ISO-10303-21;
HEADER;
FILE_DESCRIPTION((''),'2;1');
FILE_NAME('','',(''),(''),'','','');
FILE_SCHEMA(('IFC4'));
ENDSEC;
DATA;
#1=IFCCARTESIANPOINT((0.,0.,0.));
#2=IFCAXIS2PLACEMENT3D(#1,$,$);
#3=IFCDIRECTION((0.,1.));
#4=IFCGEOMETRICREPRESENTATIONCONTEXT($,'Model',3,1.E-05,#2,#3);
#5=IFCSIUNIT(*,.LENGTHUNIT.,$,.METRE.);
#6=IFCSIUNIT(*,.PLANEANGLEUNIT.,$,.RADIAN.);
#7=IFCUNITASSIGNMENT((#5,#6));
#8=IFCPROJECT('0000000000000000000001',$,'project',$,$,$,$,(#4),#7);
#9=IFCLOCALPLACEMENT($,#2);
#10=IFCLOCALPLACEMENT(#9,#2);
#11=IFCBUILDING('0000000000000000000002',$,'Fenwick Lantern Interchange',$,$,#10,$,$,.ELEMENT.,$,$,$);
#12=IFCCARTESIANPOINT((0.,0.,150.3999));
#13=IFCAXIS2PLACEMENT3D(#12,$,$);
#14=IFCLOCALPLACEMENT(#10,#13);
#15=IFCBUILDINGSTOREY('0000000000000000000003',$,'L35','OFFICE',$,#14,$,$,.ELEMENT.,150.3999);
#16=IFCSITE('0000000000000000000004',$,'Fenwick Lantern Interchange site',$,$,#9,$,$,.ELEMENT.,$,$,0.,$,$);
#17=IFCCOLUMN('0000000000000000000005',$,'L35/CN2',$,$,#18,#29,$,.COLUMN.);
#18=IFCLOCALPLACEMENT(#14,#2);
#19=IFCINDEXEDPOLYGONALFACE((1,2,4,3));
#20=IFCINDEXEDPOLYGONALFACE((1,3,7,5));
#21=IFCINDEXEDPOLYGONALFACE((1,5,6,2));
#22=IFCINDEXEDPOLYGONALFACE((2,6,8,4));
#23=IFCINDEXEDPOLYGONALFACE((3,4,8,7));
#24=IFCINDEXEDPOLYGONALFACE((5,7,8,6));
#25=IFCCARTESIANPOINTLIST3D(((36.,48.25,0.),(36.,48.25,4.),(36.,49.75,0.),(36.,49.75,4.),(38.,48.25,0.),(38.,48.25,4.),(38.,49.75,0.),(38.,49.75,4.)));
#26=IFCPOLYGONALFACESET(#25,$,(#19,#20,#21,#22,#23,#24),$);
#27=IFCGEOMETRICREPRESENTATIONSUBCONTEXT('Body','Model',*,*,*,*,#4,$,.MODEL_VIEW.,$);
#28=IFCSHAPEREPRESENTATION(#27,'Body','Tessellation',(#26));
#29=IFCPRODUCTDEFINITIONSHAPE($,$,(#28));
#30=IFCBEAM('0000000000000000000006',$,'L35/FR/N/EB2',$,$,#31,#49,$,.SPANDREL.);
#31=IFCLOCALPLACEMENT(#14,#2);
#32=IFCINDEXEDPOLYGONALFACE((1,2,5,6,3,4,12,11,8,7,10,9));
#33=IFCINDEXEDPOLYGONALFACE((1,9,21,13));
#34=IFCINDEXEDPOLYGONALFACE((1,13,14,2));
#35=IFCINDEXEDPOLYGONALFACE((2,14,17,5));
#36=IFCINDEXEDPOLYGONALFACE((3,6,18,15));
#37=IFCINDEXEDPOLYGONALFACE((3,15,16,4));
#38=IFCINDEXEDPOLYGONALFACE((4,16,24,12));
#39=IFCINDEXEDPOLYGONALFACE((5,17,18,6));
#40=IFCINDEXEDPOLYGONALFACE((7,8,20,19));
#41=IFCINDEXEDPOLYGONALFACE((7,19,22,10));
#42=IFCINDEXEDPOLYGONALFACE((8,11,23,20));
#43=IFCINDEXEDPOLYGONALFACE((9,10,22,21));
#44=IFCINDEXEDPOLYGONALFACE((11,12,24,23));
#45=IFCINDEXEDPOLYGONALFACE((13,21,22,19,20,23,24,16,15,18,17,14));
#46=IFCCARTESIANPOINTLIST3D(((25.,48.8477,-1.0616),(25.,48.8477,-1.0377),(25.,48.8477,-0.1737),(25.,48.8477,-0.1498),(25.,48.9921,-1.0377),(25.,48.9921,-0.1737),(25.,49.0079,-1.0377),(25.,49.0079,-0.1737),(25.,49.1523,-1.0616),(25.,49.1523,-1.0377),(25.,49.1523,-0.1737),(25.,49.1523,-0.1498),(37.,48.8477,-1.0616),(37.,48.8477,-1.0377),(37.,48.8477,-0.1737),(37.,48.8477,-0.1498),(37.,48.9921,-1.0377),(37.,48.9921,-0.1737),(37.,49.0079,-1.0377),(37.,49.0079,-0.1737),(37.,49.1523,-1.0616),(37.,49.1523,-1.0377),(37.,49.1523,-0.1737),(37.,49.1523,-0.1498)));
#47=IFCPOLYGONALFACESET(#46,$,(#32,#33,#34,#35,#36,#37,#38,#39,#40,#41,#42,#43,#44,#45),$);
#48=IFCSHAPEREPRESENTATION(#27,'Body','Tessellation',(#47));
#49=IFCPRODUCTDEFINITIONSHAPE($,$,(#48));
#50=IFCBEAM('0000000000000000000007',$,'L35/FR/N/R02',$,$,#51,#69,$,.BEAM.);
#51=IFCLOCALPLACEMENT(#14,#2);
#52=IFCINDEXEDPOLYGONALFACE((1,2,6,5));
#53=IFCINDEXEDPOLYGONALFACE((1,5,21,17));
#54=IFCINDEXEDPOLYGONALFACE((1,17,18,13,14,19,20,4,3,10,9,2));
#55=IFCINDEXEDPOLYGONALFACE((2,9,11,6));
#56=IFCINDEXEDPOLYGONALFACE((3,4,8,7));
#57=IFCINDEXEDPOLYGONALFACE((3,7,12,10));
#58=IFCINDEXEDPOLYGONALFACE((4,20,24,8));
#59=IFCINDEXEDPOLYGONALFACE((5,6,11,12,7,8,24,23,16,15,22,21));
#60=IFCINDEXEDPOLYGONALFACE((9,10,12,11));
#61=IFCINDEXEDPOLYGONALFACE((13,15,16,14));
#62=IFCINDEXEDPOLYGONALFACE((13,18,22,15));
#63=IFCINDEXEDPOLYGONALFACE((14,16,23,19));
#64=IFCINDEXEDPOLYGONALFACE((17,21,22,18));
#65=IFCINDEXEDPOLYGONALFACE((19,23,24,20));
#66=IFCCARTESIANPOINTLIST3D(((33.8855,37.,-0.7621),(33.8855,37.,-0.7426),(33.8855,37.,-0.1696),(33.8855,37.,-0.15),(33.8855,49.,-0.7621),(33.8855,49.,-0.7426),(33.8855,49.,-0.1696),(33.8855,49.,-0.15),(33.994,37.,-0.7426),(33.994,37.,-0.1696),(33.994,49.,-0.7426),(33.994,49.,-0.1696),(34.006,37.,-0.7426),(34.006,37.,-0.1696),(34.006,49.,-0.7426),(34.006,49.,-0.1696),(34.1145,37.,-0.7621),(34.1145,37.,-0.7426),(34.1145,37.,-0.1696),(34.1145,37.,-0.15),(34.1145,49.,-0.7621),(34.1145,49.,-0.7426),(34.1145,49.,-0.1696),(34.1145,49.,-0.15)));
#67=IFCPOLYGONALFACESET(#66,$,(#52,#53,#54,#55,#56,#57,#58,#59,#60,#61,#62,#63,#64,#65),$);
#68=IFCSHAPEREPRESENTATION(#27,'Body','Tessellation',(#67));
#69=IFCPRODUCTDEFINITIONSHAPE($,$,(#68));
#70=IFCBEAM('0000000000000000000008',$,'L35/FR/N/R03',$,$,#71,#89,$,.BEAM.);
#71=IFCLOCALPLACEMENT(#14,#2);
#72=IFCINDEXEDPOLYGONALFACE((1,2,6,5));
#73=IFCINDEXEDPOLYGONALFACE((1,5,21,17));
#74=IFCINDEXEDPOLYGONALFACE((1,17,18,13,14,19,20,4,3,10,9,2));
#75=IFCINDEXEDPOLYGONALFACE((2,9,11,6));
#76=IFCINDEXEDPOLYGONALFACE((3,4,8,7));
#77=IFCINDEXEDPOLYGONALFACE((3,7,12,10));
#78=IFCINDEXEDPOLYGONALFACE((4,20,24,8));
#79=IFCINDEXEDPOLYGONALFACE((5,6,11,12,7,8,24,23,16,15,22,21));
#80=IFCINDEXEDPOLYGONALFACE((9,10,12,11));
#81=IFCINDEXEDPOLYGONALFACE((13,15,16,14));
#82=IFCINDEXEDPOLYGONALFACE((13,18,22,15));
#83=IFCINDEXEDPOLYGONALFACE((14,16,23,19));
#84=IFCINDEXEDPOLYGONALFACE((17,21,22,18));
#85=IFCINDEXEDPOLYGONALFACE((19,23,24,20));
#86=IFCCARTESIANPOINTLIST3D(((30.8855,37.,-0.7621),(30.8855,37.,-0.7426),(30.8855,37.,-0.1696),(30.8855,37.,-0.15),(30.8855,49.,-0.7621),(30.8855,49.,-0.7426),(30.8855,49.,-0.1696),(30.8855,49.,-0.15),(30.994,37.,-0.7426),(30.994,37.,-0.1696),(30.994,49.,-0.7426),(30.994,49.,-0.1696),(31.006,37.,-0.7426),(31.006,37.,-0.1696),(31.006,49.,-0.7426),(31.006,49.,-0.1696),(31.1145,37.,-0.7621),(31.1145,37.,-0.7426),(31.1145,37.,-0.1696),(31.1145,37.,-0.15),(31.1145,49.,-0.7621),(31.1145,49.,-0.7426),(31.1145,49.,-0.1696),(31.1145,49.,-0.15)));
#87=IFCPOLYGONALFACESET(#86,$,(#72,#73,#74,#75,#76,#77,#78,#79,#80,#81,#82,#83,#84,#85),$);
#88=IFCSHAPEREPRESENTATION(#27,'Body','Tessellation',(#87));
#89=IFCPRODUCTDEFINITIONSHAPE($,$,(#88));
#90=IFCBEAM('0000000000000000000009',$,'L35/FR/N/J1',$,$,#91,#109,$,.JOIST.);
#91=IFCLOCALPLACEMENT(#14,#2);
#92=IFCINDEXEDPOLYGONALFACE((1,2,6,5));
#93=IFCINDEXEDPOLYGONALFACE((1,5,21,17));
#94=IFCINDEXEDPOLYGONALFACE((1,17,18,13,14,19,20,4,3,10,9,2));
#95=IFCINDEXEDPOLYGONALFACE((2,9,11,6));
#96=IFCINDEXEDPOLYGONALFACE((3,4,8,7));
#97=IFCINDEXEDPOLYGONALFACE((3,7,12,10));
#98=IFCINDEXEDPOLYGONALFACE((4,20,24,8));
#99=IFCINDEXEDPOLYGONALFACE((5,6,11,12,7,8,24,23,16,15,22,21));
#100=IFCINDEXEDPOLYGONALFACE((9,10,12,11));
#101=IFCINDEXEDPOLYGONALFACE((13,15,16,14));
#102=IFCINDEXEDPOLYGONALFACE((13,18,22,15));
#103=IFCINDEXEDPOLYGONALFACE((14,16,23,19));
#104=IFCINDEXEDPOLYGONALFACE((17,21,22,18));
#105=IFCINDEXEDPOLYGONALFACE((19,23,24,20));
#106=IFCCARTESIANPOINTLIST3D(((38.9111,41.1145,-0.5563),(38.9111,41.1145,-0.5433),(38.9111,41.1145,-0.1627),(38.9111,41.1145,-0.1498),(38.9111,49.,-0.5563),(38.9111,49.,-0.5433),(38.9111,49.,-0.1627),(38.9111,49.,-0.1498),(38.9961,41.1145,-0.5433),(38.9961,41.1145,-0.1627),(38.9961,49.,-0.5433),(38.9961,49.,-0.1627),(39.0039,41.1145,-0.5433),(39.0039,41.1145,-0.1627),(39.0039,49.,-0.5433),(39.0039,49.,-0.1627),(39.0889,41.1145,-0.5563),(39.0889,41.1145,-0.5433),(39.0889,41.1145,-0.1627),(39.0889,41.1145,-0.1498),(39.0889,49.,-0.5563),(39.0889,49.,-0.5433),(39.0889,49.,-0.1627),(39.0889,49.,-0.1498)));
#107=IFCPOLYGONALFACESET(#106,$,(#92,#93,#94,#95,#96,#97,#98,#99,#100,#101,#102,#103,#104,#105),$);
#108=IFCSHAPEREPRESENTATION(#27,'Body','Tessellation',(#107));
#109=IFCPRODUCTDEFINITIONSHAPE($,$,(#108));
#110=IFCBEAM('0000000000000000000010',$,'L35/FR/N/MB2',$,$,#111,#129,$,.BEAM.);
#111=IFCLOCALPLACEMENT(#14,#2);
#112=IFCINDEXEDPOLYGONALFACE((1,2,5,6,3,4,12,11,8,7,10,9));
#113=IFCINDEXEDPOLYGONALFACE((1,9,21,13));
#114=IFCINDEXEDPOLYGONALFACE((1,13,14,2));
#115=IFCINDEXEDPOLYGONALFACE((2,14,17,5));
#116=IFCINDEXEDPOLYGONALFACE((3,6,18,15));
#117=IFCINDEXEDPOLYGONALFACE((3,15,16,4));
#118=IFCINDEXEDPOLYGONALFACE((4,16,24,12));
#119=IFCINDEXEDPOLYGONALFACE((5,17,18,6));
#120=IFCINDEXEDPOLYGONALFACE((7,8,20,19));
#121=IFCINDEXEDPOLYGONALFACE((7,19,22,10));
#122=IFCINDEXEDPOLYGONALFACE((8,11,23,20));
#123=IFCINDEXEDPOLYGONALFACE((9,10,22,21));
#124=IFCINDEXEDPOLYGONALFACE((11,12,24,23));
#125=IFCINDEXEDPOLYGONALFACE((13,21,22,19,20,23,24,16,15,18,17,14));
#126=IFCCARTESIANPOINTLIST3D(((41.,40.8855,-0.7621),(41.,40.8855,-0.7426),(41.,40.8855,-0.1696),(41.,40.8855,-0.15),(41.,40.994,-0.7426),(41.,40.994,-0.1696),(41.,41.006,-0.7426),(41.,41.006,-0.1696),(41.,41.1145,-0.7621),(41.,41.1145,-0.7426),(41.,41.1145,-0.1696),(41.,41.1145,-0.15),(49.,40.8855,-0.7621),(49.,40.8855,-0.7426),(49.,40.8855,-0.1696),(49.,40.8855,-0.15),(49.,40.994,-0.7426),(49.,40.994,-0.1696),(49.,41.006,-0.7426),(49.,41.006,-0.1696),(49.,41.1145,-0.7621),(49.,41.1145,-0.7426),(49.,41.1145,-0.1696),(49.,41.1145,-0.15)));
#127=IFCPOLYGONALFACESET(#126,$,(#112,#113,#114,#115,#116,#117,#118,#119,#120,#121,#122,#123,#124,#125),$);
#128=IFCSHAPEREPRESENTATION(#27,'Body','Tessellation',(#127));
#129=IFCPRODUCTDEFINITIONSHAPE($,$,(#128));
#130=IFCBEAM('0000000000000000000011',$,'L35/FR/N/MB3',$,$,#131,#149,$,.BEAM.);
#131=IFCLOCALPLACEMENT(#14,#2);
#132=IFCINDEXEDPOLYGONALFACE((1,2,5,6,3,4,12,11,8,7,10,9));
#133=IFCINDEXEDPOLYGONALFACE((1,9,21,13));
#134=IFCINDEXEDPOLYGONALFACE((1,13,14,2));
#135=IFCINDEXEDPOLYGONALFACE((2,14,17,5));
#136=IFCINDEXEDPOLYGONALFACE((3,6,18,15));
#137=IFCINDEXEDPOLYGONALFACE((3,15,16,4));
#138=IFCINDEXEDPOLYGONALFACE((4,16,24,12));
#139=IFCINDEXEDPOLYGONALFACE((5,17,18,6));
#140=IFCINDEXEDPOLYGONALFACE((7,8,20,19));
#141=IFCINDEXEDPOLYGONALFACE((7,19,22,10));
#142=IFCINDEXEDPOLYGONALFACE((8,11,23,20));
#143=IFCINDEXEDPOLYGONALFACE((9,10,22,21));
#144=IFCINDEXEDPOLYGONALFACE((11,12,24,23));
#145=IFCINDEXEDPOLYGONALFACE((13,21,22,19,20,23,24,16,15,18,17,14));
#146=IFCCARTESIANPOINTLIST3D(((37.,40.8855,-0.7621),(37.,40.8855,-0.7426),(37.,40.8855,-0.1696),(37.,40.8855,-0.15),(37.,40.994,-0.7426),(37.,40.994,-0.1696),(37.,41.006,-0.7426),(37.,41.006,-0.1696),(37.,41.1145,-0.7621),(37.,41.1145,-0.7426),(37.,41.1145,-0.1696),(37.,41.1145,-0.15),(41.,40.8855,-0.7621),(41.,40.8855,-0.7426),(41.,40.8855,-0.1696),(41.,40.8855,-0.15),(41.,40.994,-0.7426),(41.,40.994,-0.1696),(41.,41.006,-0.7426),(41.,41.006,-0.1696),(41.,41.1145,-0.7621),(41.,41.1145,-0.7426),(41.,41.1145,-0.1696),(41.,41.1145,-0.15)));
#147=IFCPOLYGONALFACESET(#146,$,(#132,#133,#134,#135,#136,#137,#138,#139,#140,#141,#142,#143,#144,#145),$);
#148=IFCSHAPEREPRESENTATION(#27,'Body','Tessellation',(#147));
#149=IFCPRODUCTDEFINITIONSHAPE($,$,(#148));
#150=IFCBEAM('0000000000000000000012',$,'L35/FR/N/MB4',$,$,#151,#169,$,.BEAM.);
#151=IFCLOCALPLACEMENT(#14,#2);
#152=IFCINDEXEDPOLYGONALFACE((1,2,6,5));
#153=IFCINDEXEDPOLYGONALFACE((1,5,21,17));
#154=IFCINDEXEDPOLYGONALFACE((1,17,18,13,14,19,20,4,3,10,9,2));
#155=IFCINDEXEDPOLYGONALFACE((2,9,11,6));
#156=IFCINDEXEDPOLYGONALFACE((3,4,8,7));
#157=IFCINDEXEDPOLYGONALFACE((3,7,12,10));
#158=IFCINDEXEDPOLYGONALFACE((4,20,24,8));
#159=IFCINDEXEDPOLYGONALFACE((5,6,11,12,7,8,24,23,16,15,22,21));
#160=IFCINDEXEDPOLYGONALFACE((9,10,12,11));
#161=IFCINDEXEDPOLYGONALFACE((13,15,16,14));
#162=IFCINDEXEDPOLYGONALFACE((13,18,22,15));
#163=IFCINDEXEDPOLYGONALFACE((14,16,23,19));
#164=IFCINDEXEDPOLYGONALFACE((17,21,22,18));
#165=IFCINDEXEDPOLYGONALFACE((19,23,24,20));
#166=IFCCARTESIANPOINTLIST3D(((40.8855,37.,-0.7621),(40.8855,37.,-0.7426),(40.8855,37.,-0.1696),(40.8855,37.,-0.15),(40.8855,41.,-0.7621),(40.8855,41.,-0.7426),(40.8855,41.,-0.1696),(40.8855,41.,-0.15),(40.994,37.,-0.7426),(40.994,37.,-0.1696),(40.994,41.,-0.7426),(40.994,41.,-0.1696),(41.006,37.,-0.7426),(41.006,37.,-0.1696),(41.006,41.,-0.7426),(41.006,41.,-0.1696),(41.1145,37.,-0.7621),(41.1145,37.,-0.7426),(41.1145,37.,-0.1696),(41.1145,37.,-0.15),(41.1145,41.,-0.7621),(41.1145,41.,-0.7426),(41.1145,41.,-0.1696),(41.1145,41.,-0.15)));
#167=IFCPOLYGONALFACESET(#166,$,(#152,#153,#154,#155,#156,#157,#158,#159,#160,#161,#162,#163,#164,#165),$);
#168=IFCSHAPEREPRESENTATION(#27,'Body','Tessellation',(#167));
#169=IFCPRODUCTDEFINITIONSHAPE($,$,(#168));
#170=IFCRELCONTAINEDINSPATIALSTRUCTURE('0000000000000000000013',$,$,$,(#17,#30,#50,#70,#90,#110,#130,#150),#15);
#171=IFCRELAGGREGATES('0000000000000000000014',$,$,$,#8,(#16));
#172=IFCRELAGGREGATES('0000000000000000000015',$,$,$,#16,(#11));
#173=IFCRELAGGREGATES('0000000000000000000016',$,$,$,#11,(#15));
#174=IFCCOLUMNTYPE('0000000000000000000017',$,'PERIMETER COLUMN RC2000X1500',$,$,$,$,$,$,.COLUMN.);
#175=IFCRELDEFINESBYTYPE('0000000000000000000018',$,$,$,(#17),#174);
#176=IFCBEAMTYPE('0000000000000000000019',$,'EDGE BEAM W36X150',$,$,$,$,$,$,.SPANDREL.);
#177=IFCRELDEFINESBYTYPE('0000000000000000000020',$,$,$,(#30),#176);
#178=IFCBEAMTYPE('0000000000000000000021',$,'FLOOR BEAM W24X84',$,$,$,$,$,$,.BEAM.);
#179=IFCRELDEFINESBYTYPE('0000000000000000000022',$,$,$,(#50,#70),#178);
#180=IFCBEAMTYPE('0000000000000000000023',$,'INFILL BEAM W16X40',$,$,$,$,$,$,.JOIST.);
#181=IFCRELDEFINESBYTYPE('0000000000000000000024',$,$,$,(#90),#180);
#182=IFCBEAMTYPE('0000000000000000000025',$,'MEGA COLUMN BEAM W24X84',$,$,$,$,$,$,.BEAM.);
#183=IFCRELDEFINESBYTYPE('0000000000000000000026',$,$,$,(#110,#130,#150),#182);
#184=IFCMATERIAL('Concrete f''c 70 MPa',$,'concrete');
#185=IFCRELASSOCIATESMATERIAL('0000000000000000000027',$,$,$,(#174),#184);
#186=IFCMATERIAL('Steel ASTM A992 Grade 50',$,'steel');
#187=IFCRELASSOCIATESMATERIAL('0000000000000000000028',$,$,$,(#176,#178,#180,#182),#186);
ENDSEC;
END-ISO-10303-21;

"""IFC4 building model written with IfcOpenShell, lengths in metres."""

from ifc_helpers import new_model, si_unit, direction, frame, origin, origin_2d, place, context, subcontext, project, spatial, rectangle, i_section, extrude, material, material_profile, profile_set, type_object, element, save


model = new_model("IFC4")

# Units and contexts
model_context = context("Model", 3, precision=1e-05, world=origin(), true_north=direction((0.0, 1.0)))
body_context = subcontext(model_context, "Body", "Model", "MODEL_VIEW")
ifc_project = project(units=[si_unit("LENGTHUNIT", "METRE"), si_unit("PLANEANGLEUNIT", "RADIAN")], contexts=[model_context])

# Site, building, storey
site_placement = place(None, origin())
site = spatial("IfcSite", under=ifc_project, at=site_placement, Name="Fenwick Lantern Interchange site", CompositionType="ELEMENT", RefElevation=0.0)
building_placement = place(site_placement, origin())
building = spatial("IfcBuilding", under=site, at=building_placement, Name="Fenwick Lantern Interchange", CompositionType="ELEMENT")
storey_placement = place(building_placement, frame((0.0, 0.0, 150.3999)))
storey = spatial("IfcBuildingStorey", under=building, at=storey_placement, Name="L35", Description="OFFICE", CompositionType="ELEMENT", Elevation=150.3999)

# Column
ifc_material_1 = material(Name="Concrete f'c 70 MPa", Category="concrete")
ifc_material_profile_1 = material_profile(ifc_material_1, rectangle(XDim=2.0, YDim=1.5, at=origin_2d()), Name="RC2000X1500")
ifc_profile_set_1 = profile_set([ifc_material_profile_1], Name="Concrete f'c 70 MPa")
column_type = type_object("IfcColumnType", Name="PERIMETER COLUMN RC2000X1500", PredefinedType="COLUMN", material=ifc_profile_set_1)
column_placement = place(storey_placement, frame((37.0, 49.0, 0.0), z_axis=(0.0, 0.0, 1.0), x_axis=(1.0, 0.0, 0.0)))
element("IfcColumn", 1, at=column_placement, inside=storey, type_object=column_type, Name="L35/CN2", PredefinedType="COLUMN", context=body_context, shape_type="SweptSolid", body=[
    extrude(rectangle(XDim=2.0, YDim=1.5, at=origin_2d()), origin(), (0.0, 0.0, 1.0), 4.0),
])

# Beams
ifc_material_2 = material(Name="Steel ASTM A992 Grade 50", Category="steel")
ifc_material_profile_2 = material_profile(ifc_material_2, i_section(OverallWidth=0.3047, OverallDepth=0.9119, WebThickness=0.0159, FlangeThickness=0.0239, at=origin_2d()), Name="W36X150")
ifc_profile_set_2 = profile_set([ifc_material_profile_2], Name="Steel ASTM A992 Grade 50")
beam_type_1 = type_object("IfcBeamType", Name="EDGE BEAM W36X150", PredefinedType="SPANDREL", material=ifc_profile_set_2)
beam_1_placement = place(storey_placement, frame((37.0, 49.0, -0.6057), z_axis=(-1.0, 0.0, 0.0), x_axis=(0.0, -1.0, 0.0)))
element("IfcBeam", 2, at=beam_1_placement, inside=storey, type_object=beam_type_1, Name="L35/FR/N/EB2", PredefinedType="SPANDREL", context=body_context, shape_type="SweptSolid", body=[
    extrude(i_section(OverallWidth=0.3047, OverallDepth=0.9119, WebThickness=0.0159, FlangeThickness=0.0239, at=origin_2d()), origin(), (0.0, 0.0, 1.0), 12.0),
])
ifc_material_profile_3 = material_profile(ifc_material_2, i_section(OverallWidth=0.229, OverallDepth=0.6121, WebThickness=0.012, FlangeThickness=0.0195, at=origin_2d()), Name="W24X84")
ifc_profile_set_3 = profile_set([ifc_material_profile_3], Name="Steel ASTM A992 Grade 50")
beam_type_2 = type_object("IfcBeamType", Name="FLOOR BEAM W24X84", PredefinedType="BEAM", material=ifc_profile_set_3)
for number, where, z_axis, x_axis, name in (
    (3, (34.0, 49.0, -0.4561), (0.0, -1.0, 0.0), (1.0, 0.0, 0.0), "L35/FR/N/R02"),
    (4, (31.0, 49.0, -0.4561), (0.0, -1.0, 0.0), (1.0, 0.0, 0.0), "L35/FR/N/R03"),
):
    element("IfcBeam", number, at=place(storey_placement, frame(where, z_axis=z_axis, x_axis=x_axis)), inside=storey, type_object=beam_type_2, Name=name, PredefinedType="BEAM", context=body_context, shape_type="SweptSolid", body=[
        extrude(i_section(OverallWidth=0.229, OverallDepth=0.6121, WebThickness=0.012, FlangeThickness=0.0195, at=origin_2d()), origin(), (0.0, 0.0, 1.0), 12.0),
    ])
ifc_material_profile_4 = material_profile(ifc_material_2, i_section(OverallWidth=0.1777, OverallDepth=0.4065, WebThickness=0.0078, FlangeThickness=0.0129, at=origin_2d()), Name="W16X40")
ifc_profile_set_4 = profile_set([ifc_material_profile_4], Name="Steel ASTM A992 Grade 50")
beam_type_3 = type_object("IfcBeamType", Name="INFILL BEAM W16X40", PredefinedType="JOIST", material=ifc_profile_set_4)
beam_2_placement = place(storey_placement, frame((39.0, 49.0, -0.353), z_axis=(0.0, -1.0, 0.0), x_axis=(1.0, 0.0, 0.0)))
element("IfcBeam", 5, at=beam_2_placement, inside=storey, type_object=beam_type_3, Name="L35/FR/N/J1", PredefinedType="JOIST", context=body_context, shape_type="SweptSolid", body=[
    extrude(i_section(OverallWidth=0.1777, OverallDepth=0.4065, WebThickness=0.0078, FlangeThickness=0.0129, at=origin_2d()), origin(), (0.0, 0.0, 1.0), 7.8855),
])
ifc_material_profile_5 = material_profile(ifc_material_2, i_section(OverallWidth=0.229, OverallDepth=0.6121, WebThickness=0.012, FlangeThickness=0.0195, at=origin_2d()), Name="W24X84")
ifc_profile_set_5 = profile_set([ifc_material_profile_5], Name="Steel ASTM A992 Grade 50")
beam_type_4 = type_object("IfcBeamType", Name="MEGA COLUMN BEAM W24X84", PredefinedType="BEAM", material=ifc_profile_set_5)
beam_3_placement = place(storey_placement, frame((41.0, 41.0, -0.4561), z_axis=(1.0, 0.0, 0.0), x_axis=(0.0, 1.0, 0.0)))
element("IfcBeam", 6, at=beam_3_placement, inside=storey, type_object=beam_type_4, Name="L35/FR/N/MB2", PredefinedType="BEAM", context=body_context, shape_type="SweptSolid", body=[
    extrude(i_section(OverallWidth=0.229, OverallDepth=0.6121, WebThickness=0.012, FlangeThickness=0.0195, at=origin_2d()), origin(), (0.0, 0.0, 1.0), 8.0),
])
for number, where, z_axis, x_axis, name in (
    (7, (41.0, 41.0, -0.4561), (-1.0, 0.0, 0.0), (0.0, -1.0, 0.0), "L35/FR/N/MB3"),
    (8, (41.0, 41.0, -0.4561), (0.0, -1.0, 0.0), (1.0, 0.0, 0.0), "L35/FR/N/MB4"),
):
    element("IfcBeam", number, at=place(storey_placement, frame(where, z_axis=z_axis, x_axis=x_axis)), inside=storey, type_object=beam_type_4, Name=name, PredefinedType="BEAM", context=body_context, shape_type="SweptSolid", body=[
        extrude(i_section(OverallWidth=0.229, OverallDepth=0.6121, WebThickness=0.012, FlangeThickness=0.0195, at=origin_2d()), origin(), (0.0, 0.0, 1.0), 4.0),
    ])

save(model, "model.ifc")
